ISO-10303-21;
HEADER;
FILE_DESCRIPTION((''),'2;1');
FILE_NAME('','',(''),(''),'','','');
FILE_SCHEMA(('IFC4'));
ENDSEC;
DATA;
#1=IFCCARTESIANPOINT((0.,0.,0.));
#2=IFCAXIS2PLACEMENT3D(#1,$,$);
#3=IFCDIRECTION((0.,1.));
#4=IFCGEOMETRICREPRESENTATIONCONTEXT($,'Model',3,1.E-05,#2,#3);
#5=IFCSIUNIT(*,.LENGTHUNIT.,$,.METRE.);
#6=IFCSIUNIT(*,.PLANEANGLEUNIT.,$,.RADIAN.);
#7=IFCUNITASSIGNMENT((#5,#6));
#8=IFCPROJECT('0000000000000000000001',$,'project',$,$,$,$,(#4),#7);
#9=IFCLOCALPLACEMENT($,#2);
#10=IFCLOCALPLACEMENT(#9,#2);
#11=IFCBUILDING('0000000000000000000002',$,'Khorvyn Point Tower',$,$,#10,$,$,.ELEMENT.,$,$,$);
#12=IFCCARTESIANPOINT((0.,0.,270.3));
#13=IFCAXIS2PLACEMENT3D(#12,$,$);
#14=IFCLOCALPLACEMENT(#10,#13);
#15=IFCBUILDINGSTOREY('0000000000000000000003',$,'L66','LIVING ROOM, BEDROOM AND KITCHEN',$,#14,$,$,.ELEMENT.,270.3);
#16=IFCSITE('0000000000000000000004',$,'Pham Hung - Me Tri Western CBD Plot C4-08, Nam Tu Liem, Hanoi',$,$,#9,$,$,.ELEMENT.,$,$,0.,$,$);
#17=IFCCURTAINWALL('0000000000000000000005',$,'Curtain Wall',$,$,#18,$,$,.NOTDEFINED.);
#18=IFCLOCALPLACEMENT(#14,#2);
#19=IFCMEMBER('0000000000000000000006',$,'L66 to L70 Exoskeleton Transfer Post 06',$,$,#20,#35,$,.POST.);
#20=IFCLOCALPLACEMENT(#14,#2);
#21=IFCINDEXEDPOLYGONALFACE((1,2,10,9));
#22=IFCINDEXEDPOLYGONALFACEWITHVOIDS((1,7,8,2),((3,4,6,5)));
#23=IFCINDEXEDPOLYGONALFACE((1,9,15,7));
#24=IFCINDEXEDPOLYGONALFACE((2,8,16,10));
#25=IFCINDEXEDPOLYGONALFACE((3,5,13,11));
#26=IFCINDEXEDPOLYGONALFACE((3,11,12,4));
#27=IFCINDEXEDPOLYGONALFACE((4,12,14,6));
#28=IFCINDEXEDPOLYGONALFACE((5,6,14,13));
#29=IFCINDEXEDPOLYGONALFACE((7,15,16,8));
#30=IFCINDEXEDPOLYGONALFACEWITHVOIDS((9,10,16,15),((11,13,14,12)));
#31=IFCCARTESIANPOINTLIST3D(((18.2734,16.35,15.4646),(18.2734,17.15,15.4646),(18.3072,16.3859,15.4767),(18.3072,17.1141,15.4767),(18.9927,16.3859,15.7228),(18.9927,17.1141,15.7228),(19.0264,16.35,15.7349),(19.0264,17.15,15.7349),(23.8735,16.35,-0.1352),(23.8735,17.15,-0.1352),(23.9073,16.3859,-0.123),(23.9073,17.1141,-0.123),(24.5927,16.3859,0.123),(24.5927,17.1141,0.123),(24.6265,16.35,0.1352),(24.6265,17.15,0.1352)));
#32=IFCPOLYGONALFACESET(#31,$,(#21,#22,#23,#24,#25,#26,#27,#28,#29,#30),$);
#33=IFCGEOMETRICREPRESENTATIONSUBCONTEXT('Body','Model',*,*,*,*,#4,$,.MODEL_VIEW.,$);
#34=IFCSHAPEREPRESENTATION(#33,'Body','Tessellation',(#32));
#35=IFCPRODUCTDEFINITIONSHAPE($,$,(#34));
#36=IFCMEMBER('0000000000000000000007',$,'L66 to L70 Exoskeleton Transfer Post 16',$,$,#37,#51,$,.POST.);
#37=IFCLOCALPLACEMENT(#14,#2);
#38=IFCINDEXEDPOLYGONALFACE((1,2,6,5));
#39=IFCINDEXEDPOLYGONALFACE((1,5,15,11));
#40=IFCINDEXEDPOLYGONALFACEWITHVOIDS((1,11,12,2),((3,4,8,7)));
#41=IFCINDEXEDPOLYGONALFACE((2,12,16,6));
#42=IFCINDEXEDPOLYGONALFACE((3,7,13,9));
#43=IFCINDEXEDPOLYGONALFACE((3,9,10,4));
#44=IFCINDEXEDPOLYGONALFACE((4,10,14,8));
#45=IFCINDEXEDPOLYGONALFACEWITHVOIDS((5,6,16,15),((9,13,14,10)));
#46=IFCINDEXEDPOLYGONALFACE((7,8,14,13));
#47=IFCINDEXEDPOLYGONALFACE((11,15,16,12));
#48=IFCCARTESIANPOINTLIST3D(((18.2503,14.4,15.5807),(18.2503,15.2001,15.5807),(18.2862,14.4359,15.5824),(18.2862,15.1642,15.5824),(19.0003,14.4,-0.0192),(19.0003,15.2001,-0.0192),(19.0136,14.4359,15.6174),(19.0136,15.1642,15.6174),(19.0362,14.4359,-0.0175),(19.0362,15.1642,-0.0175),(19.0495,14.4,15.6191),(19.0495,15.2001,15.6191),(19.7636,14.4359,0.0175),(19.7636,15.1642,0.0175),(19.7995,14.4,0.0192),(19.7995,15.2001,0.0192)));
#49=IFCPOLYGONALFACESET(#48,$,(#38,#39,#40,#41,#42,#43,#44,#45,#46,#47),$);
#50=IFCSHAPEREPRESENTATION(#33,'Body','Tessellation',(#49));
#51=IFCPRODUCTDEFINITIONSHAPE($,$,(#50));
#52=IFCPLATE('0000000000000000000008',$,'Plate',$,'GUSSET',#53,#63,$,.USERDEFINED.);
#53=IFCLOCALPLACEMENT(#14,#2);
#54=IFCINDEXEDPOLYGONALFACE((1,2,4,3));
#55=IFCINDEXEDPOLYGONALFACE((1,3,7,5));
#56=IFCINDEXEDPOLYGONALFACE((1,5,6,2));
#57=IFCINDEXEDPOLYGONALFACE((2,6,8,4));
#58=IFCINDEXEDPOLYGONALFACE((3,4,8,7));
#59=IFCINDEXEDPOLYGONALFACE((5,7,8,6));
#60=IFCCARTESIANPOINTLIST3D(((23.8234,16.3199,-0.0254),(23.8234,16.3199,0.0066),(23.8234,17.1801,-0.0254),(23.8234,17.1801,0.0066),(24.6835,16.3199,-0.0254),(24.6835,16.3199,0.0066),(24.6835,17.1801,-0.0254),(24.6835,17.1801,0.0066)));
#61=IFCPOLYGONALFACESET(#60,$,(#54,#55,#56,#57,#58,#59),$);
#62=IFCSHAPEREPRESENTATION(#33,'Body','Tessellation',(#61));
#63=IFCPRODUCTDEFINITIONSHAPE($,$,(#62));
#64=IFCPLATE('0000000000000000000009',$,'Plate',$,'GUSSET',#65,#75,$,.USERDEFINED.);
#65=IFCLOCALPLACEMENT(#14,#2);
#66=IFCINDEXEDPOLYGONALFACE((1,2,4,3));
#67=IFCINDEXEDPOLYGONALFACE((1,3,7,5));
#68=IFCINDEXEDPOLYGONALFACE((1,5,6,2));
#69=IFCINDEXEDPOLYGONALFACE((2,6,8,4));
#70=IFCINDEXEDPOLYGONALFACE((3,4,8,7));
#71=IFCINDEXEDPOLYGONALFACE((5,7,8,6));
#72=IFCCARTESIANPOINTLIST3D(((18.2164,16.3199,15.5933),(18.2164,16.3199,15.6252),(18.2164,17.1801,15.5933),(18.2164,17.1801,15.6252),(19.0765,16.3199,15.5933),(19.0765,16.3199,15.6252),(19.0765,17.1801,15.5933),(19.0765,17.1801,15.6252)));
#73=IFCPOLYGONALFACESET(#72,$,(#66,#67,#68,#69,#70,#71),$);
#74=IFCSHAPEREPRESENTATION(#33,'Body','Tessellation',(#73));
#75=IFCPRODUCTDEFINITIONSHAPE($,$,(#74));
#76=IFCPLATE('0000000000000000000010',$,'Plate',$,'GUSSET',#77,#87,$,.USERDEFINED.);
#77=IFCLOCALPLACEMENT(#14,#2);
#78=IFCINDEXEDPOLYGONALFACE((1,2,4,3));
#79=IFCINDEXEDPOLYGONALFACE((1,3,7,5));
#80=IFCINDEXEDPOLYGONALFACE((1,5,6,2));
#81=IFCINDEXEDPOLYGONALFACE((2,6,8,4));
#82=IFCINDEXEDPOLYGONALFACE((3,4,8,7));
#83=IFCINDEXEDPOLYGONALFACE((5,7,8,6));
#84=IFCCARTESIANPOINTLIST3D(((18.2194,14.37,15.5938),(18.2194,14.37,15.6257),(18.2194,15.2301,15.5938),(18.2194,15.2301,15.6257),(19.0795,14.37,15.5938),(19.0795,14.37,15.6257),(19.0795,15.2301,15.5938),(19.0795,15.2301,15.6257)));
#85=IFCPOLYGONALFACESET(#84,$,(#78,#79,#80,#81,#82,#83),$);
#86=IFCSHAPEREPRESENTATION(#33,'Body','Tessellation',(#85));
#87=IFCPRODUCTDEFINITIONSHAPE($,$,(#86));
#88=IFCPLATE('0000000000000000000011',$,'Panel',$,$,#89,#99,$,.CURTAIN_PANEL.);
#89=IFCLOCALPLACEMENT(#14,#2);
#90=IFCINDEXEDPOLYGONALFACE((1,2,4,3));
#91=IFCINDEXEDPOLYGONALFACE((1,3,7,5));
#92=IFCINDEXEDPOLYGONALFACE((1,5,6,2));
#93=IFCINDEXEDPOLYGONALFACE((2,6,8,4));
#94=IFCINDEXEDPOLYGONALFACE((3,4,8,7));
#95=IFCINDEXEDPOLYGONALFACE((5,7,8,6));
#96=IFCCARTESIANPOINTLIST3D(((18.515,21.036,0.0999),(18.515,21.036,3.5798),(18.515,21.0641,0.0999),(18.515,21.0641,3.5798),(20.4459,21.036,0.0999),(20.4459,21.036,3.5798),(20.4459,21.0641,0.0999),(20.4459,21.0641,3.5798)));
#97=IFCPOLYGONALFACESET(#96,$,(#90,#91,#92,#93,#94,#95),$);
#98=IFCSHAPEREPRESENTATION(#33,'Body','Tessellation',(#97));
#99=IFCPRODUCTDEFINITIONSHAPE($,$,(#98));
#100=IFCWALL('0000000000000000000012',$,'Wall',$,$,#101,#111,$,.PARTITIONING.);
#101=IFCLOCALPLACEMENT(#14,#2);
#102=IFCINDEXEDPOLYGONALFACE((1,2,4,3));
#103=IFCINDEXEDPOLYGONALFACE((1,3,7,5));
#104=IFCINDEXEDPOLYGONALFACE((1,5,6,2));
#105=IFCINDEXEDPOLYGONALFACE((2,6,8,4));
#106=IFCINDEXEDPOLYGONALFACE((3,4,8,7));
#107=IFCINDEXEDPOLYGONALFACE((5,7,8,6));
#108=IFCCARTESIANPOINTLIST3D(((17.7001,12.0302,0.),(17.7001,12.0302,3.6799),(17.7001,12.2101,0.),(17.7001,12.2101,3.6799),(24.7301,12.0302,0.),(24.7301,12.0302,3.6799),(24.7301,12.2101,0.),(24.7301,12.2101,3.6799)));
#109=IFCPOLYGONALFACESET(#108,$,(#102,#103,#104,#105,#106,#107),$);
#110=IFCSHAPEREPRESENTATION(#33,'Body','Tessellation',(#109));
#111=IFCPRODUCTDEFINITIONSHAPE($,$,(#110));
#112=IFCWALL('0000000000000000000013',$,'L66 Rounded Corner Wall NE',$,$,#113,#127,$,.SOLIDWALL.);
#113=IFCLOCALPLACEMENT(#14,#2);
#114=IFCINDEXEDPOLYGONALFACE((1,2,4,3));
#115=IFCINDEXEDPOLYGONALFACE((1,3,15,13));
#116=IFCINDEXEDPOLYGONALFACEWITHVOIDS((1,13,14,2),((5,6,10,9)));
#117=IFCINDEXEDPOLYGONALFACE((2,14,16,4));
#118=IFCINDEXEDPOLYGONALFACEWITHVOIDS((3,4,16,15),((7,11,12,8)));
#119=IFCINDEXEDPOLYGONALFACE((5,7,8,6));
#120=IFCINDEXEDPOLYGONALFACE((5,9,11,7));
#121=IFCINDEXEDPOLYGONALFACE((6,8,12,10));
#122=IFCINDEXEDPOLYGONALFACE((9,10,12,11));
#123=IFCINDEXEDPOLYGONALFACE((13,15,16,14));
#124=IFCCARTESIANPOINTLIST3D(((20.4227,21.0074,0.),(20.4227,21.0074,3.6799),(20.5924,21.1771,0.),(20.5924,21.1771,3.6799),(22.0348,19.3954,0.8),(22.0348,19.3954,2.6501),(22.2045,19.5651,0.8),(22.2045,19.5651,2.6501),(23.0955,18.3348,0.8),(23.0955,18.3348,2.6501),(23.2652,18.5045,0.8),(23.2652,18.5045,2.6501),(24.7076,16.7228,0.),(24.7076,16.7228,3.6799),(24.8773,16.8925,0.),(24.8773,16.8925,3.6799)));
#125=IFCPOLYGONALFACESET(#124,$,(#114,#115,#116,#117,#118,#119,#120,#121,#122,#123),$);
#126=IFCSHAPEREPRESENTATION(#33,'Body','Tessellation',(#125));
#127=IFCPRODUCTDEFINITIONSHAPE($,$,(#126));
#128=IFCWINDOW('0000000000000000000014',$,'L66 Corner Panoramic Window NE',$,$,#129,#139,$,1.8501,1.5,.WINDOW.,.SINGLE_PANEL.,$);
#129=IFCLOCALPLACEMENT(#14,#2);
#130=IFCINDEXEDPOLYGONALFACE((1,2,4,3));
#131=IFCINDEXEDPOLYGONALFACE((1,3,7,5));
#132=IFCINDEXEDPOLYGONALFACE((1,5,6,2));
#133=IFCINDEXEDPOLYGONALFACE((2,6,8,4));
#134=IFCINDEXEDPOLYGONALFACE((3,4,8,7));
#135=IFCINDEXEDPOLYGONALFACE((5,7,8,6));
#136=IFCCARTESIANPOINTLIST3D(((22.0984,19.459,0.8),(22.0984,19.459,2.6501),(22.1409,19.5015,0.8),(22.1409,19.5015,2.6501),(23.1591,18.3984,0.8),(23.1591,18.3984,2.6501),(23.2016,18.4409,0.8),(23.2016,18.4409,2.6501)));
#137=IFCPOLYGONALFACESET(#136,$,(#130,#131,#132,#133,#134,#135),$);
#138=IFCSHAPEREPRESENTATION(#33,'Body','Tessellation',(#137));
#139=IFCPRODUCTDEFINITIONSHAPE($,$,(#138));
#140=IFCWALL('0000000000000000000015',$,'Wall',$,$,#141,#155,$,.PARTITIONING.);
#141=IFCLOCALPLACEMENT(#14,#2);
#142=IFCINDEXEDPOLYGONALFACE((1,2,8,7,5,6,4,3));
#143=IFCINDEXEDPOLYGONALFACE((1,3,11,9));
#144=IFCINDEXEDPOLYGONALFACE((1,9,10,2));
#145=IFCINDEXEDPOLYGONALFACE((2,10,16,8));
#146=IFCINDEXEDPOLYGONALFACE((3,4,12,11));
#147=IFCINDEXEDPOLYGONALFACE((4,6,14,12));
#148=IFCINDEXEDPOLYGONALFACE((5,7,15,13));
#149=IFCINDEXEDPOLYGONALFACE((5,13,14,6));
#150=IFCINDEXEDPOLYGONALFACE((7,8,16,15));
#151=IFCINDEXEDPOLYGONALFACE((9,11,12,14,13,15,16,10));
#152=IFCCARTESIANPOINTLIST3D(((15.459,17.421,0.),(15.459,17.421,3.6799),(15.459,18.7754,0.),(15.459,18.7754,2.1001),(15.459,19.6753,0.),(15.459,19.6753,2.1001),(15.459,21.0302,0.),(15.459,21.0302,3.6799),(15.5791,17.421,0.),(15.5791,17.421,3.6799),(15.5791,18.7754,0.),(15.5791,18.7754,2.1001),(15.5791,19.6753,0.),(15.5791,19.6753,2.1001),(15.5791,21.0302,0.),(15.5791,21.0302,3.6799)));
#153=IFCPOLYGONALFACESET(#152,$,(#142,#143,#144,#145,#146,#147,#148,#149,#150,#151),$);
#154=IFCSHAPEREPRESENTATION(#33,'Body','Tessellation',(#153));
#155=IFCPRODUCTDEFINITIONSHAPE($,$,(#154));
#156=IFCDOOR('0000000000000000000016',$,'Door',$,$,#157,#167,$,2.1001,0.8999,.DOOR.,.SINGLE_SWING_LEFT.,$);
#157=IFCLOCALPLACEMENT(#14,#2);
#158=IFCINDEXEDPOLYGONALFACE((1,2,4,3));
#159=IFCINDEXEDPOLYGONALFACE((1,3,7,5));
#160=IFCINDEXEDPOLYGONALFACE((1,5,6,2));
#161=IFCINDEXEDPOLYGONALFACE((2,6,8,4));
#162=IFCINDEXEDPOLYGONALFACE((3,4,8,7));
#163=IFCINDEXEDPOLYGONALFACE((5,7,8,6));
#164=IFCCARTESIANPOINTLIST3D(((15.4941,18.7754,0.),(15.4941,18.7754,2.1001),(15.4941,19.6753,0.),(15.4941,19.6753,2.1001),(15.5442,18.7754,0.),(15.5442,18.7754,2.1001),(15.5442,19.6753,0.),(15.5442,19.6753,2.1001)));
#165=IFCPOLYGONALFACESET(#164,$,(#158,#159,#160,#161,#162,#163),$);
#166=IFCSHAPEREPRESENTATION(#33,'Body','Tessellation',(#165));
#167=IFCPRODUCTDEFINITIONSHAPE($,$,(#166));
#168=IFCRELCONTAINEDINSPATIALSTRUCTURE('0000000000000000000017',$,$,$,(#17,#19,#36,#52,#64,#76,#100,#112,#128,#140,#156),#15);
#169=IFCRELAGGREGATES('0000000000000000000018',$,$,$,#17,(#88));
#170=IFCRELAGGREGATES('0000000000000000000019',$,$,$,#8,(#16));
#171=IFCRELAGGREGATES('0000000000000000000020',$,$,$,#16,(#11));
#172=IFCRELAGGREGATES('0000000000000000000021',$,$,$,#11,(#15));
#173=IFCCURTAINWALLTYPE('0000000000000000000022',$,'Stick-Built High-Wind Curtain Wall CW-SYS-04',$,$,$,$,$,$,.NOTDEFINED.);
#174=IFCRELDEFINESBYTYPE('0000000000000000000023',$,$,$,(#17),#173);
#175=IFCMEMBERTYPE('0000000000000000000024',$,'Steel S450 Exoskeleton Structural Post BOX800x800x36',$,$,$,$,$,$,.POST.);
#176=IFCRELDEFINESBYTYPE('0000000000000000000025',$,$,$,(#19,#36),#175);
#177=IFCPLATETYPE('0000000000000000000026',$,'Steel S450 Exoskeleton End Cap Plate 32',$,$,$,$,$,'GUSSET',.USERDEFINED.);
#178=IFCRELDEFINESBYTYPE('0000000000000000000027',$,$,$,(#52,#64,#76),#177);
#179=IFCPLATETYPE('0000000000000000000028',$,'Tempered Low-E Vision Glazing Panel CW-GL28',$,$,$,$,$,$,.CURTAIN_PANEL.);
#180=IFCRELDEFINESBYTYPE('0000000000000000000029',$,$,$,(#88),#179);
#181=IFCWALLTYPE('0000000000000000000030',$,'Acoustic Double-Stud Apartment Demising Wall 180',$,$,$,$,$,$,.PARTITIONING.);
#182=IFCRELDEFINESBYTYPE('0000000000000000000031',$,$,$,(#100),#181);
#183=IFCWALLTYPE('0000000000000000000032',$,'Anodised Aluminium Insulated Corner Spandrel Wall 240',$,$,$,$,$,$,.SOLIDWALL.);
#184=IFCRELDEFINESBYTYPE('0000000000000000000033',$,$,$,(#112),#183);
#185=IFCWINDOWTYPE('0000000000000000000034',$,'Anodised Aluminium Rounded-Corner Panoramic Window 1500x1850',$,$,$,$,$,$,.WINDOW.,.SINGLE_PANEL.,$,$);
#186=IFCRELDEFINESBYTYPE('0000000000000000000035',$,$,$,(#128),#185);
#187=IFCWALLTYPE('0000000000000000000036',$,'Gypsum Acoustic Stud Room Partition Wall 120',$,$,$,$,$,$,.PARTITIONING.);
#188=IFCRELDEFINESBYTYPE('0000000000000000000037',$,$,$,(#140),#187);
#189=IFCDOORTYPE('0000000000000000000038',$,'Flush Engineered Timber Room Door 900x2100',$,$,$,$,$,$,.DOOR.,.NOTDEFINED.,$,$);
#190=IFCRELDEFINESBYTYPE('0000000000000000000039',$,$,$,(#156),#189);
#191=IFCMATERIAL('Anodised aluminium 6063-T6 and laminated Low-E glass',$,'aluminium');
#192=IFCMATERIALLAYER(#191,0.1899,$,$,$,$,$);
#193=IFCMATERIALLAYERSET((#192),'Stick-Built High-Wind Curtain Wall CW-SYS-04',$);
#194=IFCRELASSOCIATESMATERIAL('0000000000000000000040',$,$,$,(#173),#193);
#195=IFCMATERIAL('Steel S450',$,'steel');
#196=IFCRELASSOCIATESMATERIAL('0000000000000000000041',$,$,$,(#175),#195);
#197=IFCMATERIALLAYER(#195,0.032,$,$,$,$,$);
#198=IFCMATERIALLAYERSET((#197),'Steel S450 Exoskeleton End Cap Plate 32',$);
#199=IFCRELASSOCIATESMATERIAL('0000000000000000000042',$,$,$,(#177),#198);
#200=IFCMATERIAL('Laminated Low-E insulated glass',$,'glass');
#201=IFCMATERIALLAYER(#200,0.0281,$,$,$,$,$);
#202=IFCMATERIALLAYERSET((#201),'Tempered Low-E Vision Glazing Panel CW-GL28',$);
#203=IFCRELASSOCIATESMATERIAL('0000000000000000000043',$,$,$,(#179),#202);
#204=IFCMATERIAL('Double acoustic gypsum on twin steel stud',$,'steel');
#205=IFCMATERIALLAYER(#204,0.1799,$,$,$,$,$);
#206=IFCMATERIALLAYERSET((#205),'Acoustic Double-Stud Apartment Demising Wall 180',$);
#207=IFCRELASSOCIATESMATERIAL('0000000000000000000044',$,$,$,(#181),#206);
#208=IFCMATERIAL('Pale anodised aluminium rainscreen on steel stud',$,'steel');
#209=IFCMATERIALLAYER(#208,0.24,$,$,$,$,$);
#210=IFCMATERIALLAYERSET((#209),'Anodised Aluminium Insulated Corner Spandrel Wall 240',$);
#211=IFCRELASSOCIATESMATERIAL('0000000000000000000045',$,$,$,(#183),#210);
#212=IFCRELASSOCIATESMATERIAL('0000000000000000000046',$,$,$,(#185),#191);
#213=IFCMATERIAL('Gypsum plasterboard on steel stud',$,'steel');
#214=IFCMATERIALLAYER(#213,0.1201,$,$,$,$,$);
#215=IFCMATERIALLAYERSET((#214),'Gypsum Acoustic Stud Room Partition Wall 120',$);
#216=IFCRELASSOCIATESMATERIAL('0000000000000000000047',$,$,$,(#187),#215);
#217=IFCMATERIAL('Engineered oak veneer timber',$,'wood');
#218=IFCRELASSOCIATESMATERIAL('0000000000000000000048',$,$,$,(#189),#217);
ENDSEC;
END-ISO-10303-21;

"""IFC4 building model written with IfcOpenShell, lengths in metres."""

from ifc_helpers import new_model, si_unit, direction, frame, frame_2d, origin, origin_2d, place, context, subcontext, project, spatial, rectangle, hollow_rectangle, extrude, material, layer, layer_set, material_profile, profile_set, type_object, element, fill, aggregate, save


model = new_model("IFC4")

# Units and contexts
model_context = context("Model", 3, precision=1e-05, world=origin(), true_north=direction((0.0, 1.0)))
body_context = subcontext(model_context, "Body", "Model", "MODEL_VIEW")
ifc_project = project(units=[si_unit("LENGTHUNIT", "METRE"), si_unit("PLANEANGLEUNIT", "RADIAN")], contexts=[model_context])

# Site, building, storey
site_placement = place(None, origin())
site = spatial("IfcSite", under=ifc_project, at=site_placement, Name="Pham Hung - Me Tri Western CBD Plot C4-08, Nam Tu Liem, Hanoi", CompositionType="ELEMENT", RefElevation=0.0)
building_placement = place(site_placement, origin())
building = spatial("IfcBuilding", under=site, at=building_placement, Name="Khorvyn Point Tower", CompositionType="ELEMENT")
storey_placement = place(building_placement, frame((0.0, 0.0, 270.3)))
storey = spatial("IfcBuildingStorey", under=building, at=storey_placement, Name="L66", Description="LIVING ROOM, BEDROOM AND KITCHEN", CompositionType="ELEMENT", Elevation=270.3)

# Shared definitions
ifc_material_1 = material(Name="Steel S450", Category="steel")

# Curtain wall
ifc_material_2 = material(Name="Anodised aluminium 6063-T6 and laminated Low-E glass", Category="aluminium")
ifc_layer_1 = layer(ifc_material_2, 0.1899)
ifc_layer_set_1 = layer_set([ifc_layer_1], Name="Stick-Built High-Wind Curtain Wall CW-SYS-04")
curtain_wall_type = type_object("IfcCurtainWallType", Name="Stick-Built High-Wind Curtain Wall CW-SYS-04", PredefinedType="NOTDEFINED", material=ifc_layer_set_1)
curtain_wall_1_placement = place(storey_placement, origin())
curtain_wall_1 = element("IfcCurtainWall", 1, at=curtain_wall_1_placement, inside=storey, type_object=curtain_wall_type, Name="Curtain Wall", PredefinedType="NOTDEFINED")

# Members
ifc_material_profile_1 = material_profile(ifc_material_1, hollow_rectangle(XDim=0.8, YDim=0.8, WallThickness=0.0359, at=origin_2d()))
ifc_profile_set_1 = profile_set([ifc_material_profile_1], Name="Steel S450 BOX800x800x36")
member_type_1 = type_object("IfcMemberType", Name="Steel S450 Exoskeleton Structural Post BOX800x800x36", PredefinedType="POST", material=ifc_profile_set_1)
member_1_placement = place(storey_placement, frame((24.25, 16.75, 0.0), z_axis=(-0.337873, 0.0, 0.941192), x_axis=(0.0, -1.0, 0.0)))
element("IfcMember", 2, at=member_1_placement, inside=storey, type_object=member_type_1, Name="L66 to L70 Exoskeleton Transfer Post 06", PredefinedType="POST", context=body_context, shape_type="SweptSolid", body=[
    extrude(hollow_rectangle(XDim=0.8, YDim=0.8, WallThickness=0.0359, at=origin_2d()), origin(), (0.0, 0.0, 1.0), 16.5745),
])
member_2_placement = place(storey_placement, frame((19.3999, 14.8, 0.0), z_axis=(-0.048022, 0.0, 0.998846), x_axis=(0.0, -1.0, 0.0)))
element("IfcMember", 3, at=member_2_placement, inside=storey, type_object=member_type_1, Name="L66 to L70 Exoskeleton Transfer Post 16", PredefinedType="POST", context=body_context, shape_type="SweptSolid", body=[
    extrude(hollow_rectangle(XDim=0.8, YDim=0.8, WallThickness=0.0359, at=origin_2d()), origin(), (0.0, 0.0, 1.0), 15.6179),
])

# Plates
ifc_layer_2 = layer(ifc_material_1, 0.032)
ifc_layer_set_2 = layer_set([ifc_layer_2], Name="Steel S450 Exoskeleton End Cap Plate 32")
plate_type_1 = type_object("IfcPlateType", Name="Steel S450 Exoskeleton End Cap Plate 32", ElementType="GUSSET", PredefinedType="USERDEFINED", material=ifc_layer_set_2)
for number, where, z_axis, x_axis, name in (
    (4, (24.2534, 16.75, -0.0254), (0.0, 0.0, 1.0), (1.0, 0.0, 0.0), "Plate"),
    (5, (18.6465, 16.75, 15.5933), (0.0, 0.0, 1.0), (1.0, 0.0, 0.0), "Plate"),
    (6, (18.6494, 14.8, 15.5938), (0.0, 0.0, 1.0), (1.0, 0.0, 0.0), "Plate"),
):
    element("IfcPlate", number, at=place(storey_placement, frame(where, z_axis=z_axis, x_axis=x_axis)), inside=storey, type_object=plate_type_1, Name=name, ObjectType="GUSSET", PredefinedType="USERDEFINED", context=body_context, shape_type="SweptSolid", body=[
        extrude(rectangle(XDim=0.8601, YDim=0.8601, at=origin_2d()), origin(), (0.0, 0.0, 1.0), 0.032),
    ])

# Plate
ifc_material_3 = material(Name="Laminated Low-E insulated glass", Category="glass")
ifc_layer_3 = layer(ifc_material_3, 0.0281)
ifc_layer_set_3 = layer_set([ifc_layer_3], Name="Tempered Low-E Vision Glazing Panel CW-GL28")
plate_type_2 = type_object("IfcPlateType", Name="Tempered Low-E Vision Glazing Panel CW-GL28", PredefinedType="CURTAIN_PANEL", material=ifc_layer_set_3)
plate_placement = place(storey_placement, frame((19.4805, 21.05, 0.0999), z_axis=(0.0, 0.0, 1.0), x_axis=(1.0, 0.0, 0.0)))
plate = element("IfcPlate", 7, at=plate_placement, type_object=plate_type_2, Name="Panel", PredefinedType="CURTAIN_PANEL", context=body_context, shape_type="SweptSolid", body=[
    extrude(rectangle(XDim=1.9309, YDim=0.0281, at=origin_2d()), origin(), (0.0, 0.0, 1.0), 3.48),
])
aggregate(curtain_wall_1, [plate])

# Wall
ifc_material_4 = material(Name="Double acoustic gypsum on twin steel stud", Category="steel")
ifc_layer_4 = layer(ifc_material_4, 0.1799)
ifc_layer_set_4 = layer_set([ifc_layer_4], Name="Acoustic Double-Stud Apartment Demising Wall 180")
wall_type_1 = type_object("IfcWallType", Name="Acoustic Double-Stud Apartment Demising Wall 180", PredefinedType="PARTITIONING", material=ifc_layer_set_4)
wall_1_placement = place(storey_placement, frame((17.7, 12.1201, 0.0), z_axis=(0.0, 0.0, 1.0), x_axis=(1.0, 0.0, 0.0)))
element("IfcWall", 8, at=wall_1_placement, inside=storey, type_object=wall_type_1, Name="Wall", PredefinedType="PARTITIONING", context=body_context, shape_type="SweptSolid", body=[
    extrude(rectangle(XDim=7.03, YDim=0.1799, at=frame_2d((3.5151, 0.0))), origin(), (0.0, 0.0, 1.0), 3.6799),
])

# Wall, opening, window
ifc_material_5 = material(Name="Pale anodised aluminium rainscreen on steel stud", Category="steel")
ifc_layer_5 = layer(ifc_material_5, 0.24)
ifc_layer_set_5 = layer_set([ifc_layer_5], Name="Anodised Aluminium Insulated Corner Spandrel Wall 240")
wall_type_2 = type_object("IfcWallType", Name="Anodised Aluminium Insulated Corner Spandrel Wall 240", PredefinedType="SOLIDWALL", material=ifc_layer_set_5)
wall_2_placement = place(storey_placement, frame((20.5076, 21.0923, 0.0), z_axis=(0.0, 0.0, 1.0), x_axis=(0.707127, -0.707087, 0.0)))
wall_2 = element("IfcWall", 9, at=wall_2_placement, inside=storey, type_object=wall_type_2, Name="L66 Rounded Corner Wall NE", PredefinedType="SOLIDWALL", context=body_context, shape_type="SweptSolid", body=[
    extrude(rectangle(XDim=6.0596, YDim=0.24, at=frame_2d((3.0298, 0.0))), origin(), (0.0, 0.0, 1.0), 3.6799),
])
opening_1_placement = place(wall_2_placement, frame((2.2798, 0.0, 0.8)))
opening_1 = element("IfcOpeningElement", 10, at=opening_1_placement, cuts=wall_2, PredefinedType="OPENING", context=body_context, shape_type="SweptSolid", body=[
    extrude(rectangle(XDim=1.5, YDim=1.8501, at=frame_2d((0.75, 0.925))), frame((0.0, 0.1299, 0.0), z_axis=(0.0, -1.0, 0.0), x_axis=(1.0, 0.0, 0.0)), (0.0, 0.0, 1.0), 0.26),
])
window_type = type_object("IfcWindowType", Name="Anodised Aluminium Rounded-Corner Panoramic Window 1500x1850", PartitioningType="SINGLE_PANEL", PredefinedType="WINDOW", material=ifc_material_2)
window_placement = place(opening_1_placement, origin())
window = element("IfcWindow", 11, at=window_placement, inside=storey, type_object=window_type, Name="L66 Corner Panoramic Window NE", OverallHeight=1.8501, OverallWidth=1.5, PartitioningType="SINGLE_PANEL", PredefinedType="WINDOW", context=body_context, shape_type="SweptSolid", body=[
    extrude(rectangle(XDim=1.5, YDim=1.8501, at=frame_2d((0.75, 0.925))), frame((0.0, 0.03, 0.0), z_axis=(0.0, -1.0, 0.0), x_axis=(1.0, 0.0, 0.0)), (0.0, 0.0, 1.0), 0.0601),
])
fill(opening_1, window)

# Wall, opening, door
ifc_material_6 = material(Name="Gypsum plasterboard on steel stud", Category="steel")
ifc_layer_6 = layer(ifc_material_6, 0.1201)
ifc_layer_set_6 = layer_set([ifc_layer_6], Name="Gypsum Acoustic Stud Room Partition Wall 120")
wall_type_3 = type_object("IfcWallType", Name="Gypsum Acoustic Stud Room Partition Wall 120", PredefinedType="PARTITIONING", material=ifc_layer_set_6)
wall_3_placement = place(storey_placement, frame((15.519, 17.4209, 0.0), z_axis=(0.0, 0.0, 1.0), x_axis=(0.0, 1.0, 0.0)))
wall_3 = element("IfcWall", 12, at=wall_3_placement, inside=storey, type_object=wall_type_3, Name="Wall", PredefinedType="PARTITIONING", context=body_context, shape_type="SweptSolid", body=[
    extrude(rectangle(XDim=3.6091, YDim=0.1201, at=frame_2d((1.8047, 0.0))), origin(), (0.0, 0.0, 1.0), 3.6799),
])
opening_2_placement = place(wall_3_placement, frame((1.3545, 0.0, 0.0)))
opening_2 = element("IfcOpeningElement", 13, at=opening_2_placement, cuts=wall_3, PredefinedType="OPENING", context=body_context, shape_type="SweptSolid", body=[
    extrude(rectangle(XDim=0.8999, YDim=2.1001, at=frame_2d((0.45, 1.05))), frame((0.0, 0.0701, 0.0), z_axis=(0.0, -1.0, 0.0), x_axis=(1.0, 0.0, 0.0)), (0.0, 0.0, 1.0), 0.1401),
])
ifc_material_7 = material(Name="Engineered oak veneer timber", Category="wood")
door_type_1 = type_object("IfcDoorType", Name="Flush Engineered Timber Room Door 900x2100", OperationType="NOTDEFINED", PredefinedType="DOOR", material=ifc_material_7)
door_1_placement = place(opening_2_placement, origin())
door_1 = element("IfcDoor", 14, at=door_1_placement, inside=storey, type_object=door_type_1, Name="Door", OperationType="SINGLE_SWING_LEFT", OverallHeight=2.1001, OverallWidth=0.8999, PredefinedType="DOOR", context=body_context, shape_type="SweptSolid", body=[
    extrude(rectangle(XDim=0.8999, YDim=2.1001, at=frame_2d((0.45, 1.05))), frame((0.0, 0.0249, 0.0), z_axis=(0.0, -1.0, 0.0), x_axis=(1.0, 0.0, 0.0)), (0.0, 0.0, 1.0), 0.05),
])
fill(opening_2, door_1)

save(model, "model.ifc")
